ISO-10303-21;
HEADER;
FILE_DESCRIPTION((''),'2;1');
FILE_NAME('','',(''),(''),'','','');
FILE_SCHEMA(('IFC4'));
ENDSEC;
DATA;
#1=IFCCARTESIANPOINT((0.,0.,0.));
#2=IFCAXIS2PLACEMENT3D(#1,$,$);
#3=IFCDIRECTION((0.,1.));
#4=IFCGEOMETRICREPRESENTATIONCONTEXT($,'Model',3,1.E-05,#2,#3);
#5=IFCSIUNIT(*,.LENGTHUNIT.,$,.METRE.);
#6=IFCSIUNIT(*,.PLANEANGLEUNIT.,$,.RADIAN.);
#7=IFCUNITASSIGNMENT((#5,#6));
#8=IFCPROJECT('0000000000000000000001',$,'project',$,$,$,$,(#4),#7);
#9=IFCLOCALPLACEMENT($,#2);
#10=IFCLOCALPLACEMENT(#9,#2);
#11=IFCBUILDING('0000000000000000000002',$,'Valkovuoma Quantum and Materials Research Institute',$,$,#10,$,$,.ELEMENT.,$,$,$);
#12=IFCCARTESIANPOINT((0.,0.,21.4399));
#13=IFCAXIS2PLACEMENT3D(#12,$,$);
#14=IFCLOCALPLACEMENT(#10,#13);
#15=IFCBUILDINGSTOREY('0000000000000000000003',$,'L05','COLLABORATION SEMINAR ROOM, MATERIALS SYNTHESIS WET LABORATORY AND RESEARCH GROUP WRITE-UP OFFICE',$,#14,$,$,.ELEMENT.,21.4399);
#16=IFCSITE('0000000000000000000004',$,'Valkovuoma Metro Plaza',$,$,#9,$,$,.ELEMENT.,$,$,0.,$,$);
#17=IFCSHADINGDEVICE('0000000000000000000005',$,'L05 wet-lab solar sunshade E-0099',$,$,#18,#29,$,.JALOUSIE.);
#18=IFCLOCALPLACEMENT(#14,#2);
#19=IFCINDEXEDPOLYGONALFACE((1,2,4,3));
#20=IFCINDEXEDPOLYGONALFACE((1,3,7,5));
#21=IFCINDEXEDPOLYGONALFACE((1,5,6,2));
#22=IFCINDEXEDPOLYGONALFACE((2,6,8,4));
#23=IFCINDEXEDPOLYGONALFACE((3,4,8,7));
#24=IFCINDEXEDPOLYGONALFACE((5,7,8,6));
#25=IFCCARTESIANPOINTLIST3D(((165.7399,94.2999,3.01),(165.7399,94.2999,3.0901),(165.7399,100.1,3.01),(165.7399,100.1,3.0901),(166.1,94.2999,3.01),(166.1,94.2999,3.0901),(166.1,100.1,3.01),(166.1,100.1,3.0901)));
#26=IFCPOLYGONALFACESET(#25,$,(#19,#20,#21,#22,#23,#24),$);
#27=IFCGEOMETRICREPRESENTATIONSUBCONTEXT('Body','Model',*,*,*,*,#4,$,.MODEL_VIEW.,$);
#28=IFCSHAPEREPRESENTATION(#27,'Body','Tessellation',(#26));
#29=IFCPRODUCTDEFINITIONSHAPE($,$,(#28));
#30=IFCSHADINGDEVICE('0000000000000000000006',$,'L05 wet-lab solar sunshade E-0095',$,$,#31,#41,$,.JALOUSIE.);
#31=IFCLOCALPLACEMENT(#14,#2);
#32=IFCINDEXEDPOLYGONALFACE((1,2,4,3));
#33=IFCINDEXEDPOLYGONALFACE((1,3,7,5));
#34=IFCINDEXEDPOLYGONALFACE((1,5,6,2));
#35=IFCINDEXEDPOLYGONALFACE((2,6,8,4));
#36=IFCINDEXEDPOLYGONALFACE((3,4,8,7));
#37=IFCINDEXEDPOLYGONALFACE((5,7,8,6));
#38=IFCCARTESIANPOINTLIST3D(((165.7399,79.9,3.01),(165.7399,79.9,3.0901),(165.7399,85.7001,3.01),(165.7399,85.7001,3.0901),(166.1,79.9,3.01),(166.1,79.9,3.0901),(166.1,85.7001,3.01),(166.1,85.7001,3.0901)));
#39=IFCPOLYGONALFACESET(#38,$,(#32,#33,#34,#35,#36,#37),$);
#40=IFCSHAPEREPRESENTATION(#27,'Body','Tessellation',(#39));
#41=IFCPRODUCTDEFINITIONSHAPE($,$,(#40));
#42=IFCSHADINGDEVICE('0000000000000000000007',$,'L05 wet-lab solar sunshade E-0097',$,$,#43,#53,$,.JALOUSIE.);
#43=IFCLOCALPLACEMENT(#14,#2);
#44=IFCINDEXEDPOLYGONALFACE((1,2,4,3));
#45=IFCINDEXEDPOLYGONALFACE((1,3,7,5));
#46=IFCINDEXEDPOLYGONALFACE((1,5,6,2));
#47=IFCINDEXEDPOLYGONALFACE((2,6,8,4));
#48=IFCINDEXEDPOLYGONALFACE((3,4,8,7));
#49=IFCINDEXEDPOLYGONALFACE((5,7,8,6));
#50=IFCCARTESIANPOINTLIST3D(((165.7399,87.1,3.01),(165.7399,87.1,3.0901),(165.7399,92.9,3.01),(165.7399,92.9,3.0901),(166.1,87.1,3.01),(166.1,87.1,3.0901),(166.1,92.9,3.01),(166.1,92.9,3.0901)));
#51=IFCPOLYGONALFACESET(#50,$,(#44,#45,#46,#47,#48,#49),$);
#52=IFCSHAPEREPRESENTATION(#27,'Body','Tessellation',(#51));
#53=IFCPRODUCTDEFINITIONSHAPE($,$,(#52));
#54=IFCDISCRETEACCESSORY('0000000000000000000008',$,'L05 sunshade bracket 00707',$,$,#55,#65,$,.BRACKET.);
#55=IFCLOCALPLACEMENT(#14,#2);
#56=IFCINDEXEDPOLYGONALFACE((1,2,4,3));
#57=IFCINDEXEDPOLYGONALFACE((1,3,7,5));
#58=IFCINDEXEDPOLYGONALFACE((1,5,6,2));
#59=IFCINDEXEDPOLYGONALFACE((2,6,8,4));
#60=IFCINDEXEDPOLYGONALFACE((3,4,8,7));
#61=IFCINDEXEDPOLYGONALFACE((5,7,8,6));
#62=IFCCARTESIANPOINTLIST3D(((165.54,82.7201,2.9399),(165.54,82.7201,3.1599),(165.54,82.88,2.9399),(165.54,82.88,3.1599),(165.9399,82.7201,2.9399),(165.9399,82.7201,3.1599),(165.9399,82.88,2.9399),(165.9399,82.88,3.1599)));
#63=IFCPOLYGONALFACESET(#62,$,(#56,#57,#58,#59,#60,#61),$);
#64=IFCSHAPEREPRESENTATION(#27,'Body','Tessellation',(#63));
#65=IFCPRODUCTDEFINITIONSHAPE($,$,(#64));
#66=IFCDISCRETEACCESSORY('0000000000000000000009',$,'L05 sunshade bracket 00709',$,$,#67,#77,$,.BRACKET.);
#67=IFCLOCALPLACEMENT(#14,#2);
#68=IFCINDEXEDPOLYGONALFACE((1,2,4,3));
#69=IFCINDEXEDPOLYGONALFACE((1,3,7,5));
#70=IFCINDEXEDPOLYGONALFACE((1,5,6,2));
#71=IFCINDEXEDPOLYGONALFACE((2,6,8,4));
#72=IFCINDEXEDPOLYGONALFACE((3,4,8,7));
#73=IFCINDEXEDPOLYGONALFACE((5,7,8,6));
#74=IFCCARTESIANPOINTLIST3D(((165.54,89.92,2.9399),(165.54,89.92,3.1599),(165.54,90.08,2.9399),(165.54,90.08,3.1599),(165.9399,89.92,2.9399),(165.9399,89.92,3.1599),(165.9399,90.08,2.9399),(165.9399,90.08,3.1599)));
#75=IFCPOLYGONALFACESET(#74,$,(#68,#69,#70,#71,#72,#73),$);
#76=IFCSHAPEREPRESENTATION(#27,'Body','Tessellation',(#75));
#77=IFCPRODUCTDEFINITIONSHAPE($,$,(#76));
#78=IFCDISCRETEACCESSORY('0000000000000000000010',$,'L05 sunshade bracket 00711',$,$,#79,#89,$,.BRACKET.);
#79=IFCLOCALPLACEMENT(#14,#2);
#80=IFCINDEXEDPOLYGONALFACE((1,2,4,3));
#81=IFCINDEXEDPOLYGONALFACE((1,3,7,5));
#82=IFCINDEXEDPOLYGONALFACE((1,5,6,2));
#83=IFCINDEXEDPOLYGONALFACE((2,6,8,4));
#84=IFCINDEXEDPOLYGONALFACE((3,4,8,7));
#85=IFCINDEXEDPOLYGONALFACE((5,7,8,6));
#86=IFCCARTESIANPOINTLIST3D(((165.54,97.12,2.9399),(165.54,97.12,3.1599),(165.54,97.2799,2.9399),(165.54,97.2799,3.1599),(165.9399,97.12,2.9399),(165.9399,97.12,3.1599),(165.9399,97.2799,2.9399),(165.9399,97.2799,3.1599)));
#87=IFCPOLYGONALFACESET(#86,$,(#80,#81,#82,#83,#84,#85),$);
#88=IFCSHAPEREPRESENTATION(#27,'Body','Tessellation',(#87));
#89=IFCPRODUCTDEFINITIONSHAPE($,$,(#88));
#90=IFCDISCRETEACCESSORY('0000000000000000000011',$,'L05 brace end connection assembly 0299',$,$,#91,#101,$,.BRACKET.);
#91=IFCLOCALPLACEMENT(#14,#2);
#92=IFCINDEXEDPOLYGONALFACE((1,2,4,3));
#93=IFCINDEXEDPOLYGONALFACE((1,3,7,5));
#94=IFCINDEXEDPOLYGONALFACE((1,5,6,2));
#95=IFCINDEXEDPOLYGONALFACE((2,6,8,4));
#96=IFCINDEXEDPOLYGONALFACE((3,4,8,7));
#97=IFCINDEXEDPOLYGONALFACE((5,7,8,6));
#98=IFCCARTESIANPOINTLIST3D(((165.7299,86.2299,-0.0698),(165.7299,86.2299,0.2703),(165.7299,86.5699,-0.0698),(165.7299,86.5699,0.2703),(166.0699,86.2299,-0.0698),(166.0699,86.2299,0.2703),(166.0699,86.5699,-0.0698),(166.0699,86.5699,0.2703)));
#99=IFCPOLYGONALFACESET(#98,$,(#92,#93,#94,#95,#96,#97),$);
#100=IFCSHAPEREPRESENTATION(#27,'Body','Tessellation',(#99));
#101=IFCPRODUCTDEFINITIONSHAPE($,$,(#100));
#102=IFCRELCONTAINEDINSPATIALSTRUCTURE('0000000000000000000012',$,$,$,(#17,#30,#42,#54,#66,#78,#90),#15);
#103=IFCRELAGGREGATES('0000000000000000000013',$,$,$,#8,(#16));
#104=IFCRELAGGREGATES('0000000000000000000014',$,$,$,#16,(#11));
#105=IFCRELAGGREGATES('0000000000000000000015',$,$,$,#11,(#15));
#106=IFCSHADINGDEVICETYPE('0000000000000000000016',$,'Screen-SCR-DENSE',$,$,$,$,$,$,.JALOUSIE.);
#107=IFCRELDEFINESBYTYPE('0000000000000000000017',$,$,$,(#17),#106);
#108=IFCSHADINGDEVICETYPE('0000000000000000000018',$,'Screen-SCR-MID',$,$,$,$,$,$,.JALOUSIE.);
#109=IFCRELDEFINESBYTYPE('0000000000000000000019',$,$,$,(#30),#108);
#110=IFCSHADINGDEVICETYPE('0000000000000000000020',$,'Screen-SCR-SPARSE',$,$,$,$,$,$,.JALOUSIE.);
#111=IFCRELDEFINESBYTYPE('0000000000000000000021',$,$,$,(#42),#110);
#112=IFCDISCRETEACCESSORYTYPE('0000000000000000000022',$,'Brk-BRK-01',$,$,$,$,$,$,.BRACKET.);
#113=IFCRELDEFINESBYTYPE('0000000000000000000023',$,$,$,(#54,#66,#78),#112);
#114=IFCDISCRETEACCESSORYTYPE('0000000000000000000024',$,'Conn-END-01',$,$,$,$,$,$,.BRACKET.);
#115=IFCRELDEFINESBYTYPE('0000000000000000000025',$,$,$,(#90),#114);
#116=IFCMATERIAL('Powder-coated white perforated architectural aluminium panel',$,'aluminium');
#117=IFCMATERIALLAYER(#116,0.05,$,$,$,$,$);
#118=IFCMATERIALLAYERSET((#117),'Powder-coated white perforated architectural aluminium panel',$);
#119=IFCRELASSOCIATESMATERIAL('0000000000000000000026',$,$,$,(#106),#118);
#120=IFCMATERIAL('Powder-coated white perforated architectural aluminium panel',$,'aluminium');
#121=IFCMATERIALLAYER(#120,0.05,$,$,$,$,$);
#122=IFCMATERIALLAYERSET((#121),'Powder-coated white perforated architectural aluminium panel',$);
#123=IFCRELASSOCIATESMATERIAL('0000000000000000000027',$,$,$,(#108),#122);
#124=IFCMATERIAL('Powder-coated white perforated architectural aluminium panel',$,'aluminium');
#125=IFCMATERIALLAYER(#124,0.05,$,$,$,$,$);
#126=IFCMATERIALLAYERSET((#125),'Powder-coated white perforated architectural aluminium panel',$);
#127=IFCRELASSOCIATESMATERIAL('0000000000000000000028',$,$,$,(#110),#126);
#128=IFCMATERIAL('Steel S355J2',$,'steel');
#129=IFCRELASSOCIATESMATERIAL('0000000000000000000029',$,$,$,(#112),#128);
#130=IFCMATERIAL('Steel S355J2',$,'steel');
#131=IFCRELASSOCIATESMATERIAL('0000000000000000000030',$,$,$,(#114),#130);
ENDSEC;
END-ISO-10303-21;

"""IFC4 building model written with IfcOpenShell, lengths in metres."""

from ifc_helpers import new_model, si_unit, direction, frame, origin, origin_2d, place, context, subcontext, project, spatial, rectangle, extrude, material, layer, layer_set, type_object, element, save


model = new_model("IFC4")

# Units and contexts
model_context = context("Model", 3, precision=1e-05, world=origin(), true_north=direction((0.0, 1.0)))
body_context = subcontext(model_context, "Body", "Model", "MODEL_VIEW")
ifc_project = project(units=[si_unit("LENGTHUNIT", "METRE"), si_unit("PLANEANGLEUNIT", "RADIAN")], contexts=[model_context])

# Site, building, storey
site_placement = place(None, origin())
site = spatial("IfcSite", under=ifc_project, at=site_placement, Name="Valkovuoma Metro Plaza", CompositionType="ELEMENT", RefElevation=0.0)
building_placement = place(site_placement, origin())
building = spatial("IfcBuilding", under=site, at=building_placement, Name="Valkovuoma Quantum and Materials Research Institute", CompositionType="ELEMENT")
storey_placement = place(building_placement, frame((0.0, 0.0, 21.4399)))
storey = spatial("IfcBuildingStorey", under=building, at=storey_placement, Name="L05", Description="COLLABORATION SEMINAR ROOM, MATERIALS SYNTHESIS WET LABORATORY AND RESEARCH GROUP WRITE-UP OFFICE", CompositionType="ELEMENT", Elevation=21.4399)

# Shading devices
ifc_material_1 = material(Name="Powder-coated white perforated architectural aluminium panel", Category="aluminium")
ifc_layer_1 = layer(ifc_material_1, 0.05)
ifc_layer_set_1 = layer_set([ifc_layer_1], Name="Powder-coated white perforated architectural aluminium panel")
shading_device_type_1 = type_object("IfcShadingDeviceType", Name="Screen-SCR-DENSE", PredefinedType="JALOUSIE", material=ifc_layer_set_1)
shading_device_1_placement = place(storey_placement, frame((165.9199, 97.2, 3.01), z_axis=(0.0, 0.0, 1.0), x_axis=(1.0, 0.0, 0.0)))
element("IfcShadingDevice", 1, at=shading_device_1_placement, inside=storey, type_object=shading_device_type_1, Name="L05 wet-lab solar sunshade E-0099", PredefinedType="JALOUSIE", context=body_context, shape_type="SweptSolid", body=[
    extrude(rectangle(XDim=0.3601, YDim=5.8, at=origin_2d()), origin(), (0.0, 0.0, 1.0), 0.0801),
])
ifc_material_2 = material(Name="Powder-coated white perforated architectural aluminium panel", Category="aluminium")
ifc_layer_2 = layer(ifc_material_2, 0.05)
ifc_layer_set_2 = layer_set([ifc_layer_2], Name="Powder-coated white perforated architectural aluminium panel")
shading_device_type_2 = type_object("IfcShadingDeviceType", Name="Screen-SCR-MID", PredefinedType="JALOUSIE", material=ifc_layer_set_2)
shading_device_2_placement = place(storey_placement, frame((165.9199, 82.8, 3.01), z_axis=(0.0, 0.0, 1.0), x_axis=(1.0, 0.0, 0.0)))
element("IfcShadingDevice", 2, at=shading_device_2_placement, inside=storey, type_object=shading_device_type_2, Name="L05 wet-lab solar sunshade E-0095", PredefinedType="JALOUSIE", context=body_context, shape_type="SweptSolid", body=[
    extrude(rectangle(XDim=0.3601, YDim=5.8, at=origin_2d()), origin(), (0.0, 0.0, 1.0), 0.0801),
])
ifc_material_3 = material(Name="Powder-coated white perforated architectural aluminium panel", Category="aluminium")
ifc_layer_3 = layer(ifc_material_3, 0.05)
ifc_layer_set_3 = layer_set([ifc_layer_3], Name="Powder-coated white perforated architectural aluminium panel")
shading_device_type_3 = type_object("IfcShadingDeviceType", Name="Screen-SCR-SPARSE", PredefinedType="JALOUSIE", material=ifc_layer_set_3)
shading_device_3_placement = place(storey_placement, frame((165.9199, 90.0, 3.01), z_axis=(0.0, 0.0, 1.0), x_axis=(1.0, 0.0, 0.0)))
element("IfcShadingDevice", 3, at=shading_device_3_placement, inside=storey, type_object=shading_device_type_3, Name="L05 wet-lab solar sunshade E-0097", PredefinedType="JALOUSIE", context=body_context, shape_type="SweptSolid", body=[
    extrude(rectangle(XDim=0.3601, YDim=5.8, at=origin_2d()), origin(), (0.0, 0.0, 1.0), 0.0801),
])

# Discrete accessories
ifc_material_4 = material(Name="Steel S355J2", Category="steel")
discrete_accessory_type_1 = type_object("IfcDiscreteAccessoryType", Name="Brk-BRK-01", PredefinedType="BRACKET", material=ifc_material_4)
for number, where, z_axis, x_axis, name in (
    (4, (165.74, 82.8, 2.9399), (0.0, 0.0, 1.0), (1.0, 0.0, 0.0), "L05 sunshade bracket 00707"),
    (5, (165.74, 90.0, 2.9399), (0.0, 0.0, 1.0), (1.0, 0.0, 0.0), "L05 sunshade bracket 00709"),
    (6, (165.74, 97.2, 2.9399), (0.0, 0.0, 1.0), (1.0, 0.0, 0.0), "L05 sunshade bracket 00711"),
):
    element("IfcDiscreteAccessory", number, at=place(storey_placement, frame(where, z_axis=z_axis, x_axis=x_axis)), inside=storey, type_object=discrete_accessory_type_1, Name=name, PredefinedType="BRACKET", context=body_context, shape_type="SweptSolid", body=[
        extrude(rectangle(XDim=0.3999, YDim=0.1599, at=origin_2d()), origin(), (0.0, 0.0, 1.0), 0.22),
    ])
ifc_material_5 = material(Name="Steel S355J2", Category="steel")
discrete_accessory_type_2 = type_object("IfcDiscreteAccessoryType", Name="Conn-END-01", PredefinedType="BRACKET", material=ifc_material_5)
discrete_accessory_placement = place(storey_placement, frame((165.8999, 86.3999, -0.0698), z_axis=(0.0, 0.0, 1.0), x_axis=(1.0, 0.0, 0.0)))
element("IfcDiscreteAccessory", 7, at=discrete_accessory_placement, inside=storey, type_object=discrete_accessory_type_2, Name="L05 brace end connection assembly 0299", PredefinedType="BRACKET", context=body_context, shape_type="SweptSolid", body=[
    extrude(rectangle(XDim=0.3401, YDim=0.3401, at=origin_2d()), origin(), (0.0, 0.0, 1.0), 0.3401),
])

save(model, "model.ifc")
